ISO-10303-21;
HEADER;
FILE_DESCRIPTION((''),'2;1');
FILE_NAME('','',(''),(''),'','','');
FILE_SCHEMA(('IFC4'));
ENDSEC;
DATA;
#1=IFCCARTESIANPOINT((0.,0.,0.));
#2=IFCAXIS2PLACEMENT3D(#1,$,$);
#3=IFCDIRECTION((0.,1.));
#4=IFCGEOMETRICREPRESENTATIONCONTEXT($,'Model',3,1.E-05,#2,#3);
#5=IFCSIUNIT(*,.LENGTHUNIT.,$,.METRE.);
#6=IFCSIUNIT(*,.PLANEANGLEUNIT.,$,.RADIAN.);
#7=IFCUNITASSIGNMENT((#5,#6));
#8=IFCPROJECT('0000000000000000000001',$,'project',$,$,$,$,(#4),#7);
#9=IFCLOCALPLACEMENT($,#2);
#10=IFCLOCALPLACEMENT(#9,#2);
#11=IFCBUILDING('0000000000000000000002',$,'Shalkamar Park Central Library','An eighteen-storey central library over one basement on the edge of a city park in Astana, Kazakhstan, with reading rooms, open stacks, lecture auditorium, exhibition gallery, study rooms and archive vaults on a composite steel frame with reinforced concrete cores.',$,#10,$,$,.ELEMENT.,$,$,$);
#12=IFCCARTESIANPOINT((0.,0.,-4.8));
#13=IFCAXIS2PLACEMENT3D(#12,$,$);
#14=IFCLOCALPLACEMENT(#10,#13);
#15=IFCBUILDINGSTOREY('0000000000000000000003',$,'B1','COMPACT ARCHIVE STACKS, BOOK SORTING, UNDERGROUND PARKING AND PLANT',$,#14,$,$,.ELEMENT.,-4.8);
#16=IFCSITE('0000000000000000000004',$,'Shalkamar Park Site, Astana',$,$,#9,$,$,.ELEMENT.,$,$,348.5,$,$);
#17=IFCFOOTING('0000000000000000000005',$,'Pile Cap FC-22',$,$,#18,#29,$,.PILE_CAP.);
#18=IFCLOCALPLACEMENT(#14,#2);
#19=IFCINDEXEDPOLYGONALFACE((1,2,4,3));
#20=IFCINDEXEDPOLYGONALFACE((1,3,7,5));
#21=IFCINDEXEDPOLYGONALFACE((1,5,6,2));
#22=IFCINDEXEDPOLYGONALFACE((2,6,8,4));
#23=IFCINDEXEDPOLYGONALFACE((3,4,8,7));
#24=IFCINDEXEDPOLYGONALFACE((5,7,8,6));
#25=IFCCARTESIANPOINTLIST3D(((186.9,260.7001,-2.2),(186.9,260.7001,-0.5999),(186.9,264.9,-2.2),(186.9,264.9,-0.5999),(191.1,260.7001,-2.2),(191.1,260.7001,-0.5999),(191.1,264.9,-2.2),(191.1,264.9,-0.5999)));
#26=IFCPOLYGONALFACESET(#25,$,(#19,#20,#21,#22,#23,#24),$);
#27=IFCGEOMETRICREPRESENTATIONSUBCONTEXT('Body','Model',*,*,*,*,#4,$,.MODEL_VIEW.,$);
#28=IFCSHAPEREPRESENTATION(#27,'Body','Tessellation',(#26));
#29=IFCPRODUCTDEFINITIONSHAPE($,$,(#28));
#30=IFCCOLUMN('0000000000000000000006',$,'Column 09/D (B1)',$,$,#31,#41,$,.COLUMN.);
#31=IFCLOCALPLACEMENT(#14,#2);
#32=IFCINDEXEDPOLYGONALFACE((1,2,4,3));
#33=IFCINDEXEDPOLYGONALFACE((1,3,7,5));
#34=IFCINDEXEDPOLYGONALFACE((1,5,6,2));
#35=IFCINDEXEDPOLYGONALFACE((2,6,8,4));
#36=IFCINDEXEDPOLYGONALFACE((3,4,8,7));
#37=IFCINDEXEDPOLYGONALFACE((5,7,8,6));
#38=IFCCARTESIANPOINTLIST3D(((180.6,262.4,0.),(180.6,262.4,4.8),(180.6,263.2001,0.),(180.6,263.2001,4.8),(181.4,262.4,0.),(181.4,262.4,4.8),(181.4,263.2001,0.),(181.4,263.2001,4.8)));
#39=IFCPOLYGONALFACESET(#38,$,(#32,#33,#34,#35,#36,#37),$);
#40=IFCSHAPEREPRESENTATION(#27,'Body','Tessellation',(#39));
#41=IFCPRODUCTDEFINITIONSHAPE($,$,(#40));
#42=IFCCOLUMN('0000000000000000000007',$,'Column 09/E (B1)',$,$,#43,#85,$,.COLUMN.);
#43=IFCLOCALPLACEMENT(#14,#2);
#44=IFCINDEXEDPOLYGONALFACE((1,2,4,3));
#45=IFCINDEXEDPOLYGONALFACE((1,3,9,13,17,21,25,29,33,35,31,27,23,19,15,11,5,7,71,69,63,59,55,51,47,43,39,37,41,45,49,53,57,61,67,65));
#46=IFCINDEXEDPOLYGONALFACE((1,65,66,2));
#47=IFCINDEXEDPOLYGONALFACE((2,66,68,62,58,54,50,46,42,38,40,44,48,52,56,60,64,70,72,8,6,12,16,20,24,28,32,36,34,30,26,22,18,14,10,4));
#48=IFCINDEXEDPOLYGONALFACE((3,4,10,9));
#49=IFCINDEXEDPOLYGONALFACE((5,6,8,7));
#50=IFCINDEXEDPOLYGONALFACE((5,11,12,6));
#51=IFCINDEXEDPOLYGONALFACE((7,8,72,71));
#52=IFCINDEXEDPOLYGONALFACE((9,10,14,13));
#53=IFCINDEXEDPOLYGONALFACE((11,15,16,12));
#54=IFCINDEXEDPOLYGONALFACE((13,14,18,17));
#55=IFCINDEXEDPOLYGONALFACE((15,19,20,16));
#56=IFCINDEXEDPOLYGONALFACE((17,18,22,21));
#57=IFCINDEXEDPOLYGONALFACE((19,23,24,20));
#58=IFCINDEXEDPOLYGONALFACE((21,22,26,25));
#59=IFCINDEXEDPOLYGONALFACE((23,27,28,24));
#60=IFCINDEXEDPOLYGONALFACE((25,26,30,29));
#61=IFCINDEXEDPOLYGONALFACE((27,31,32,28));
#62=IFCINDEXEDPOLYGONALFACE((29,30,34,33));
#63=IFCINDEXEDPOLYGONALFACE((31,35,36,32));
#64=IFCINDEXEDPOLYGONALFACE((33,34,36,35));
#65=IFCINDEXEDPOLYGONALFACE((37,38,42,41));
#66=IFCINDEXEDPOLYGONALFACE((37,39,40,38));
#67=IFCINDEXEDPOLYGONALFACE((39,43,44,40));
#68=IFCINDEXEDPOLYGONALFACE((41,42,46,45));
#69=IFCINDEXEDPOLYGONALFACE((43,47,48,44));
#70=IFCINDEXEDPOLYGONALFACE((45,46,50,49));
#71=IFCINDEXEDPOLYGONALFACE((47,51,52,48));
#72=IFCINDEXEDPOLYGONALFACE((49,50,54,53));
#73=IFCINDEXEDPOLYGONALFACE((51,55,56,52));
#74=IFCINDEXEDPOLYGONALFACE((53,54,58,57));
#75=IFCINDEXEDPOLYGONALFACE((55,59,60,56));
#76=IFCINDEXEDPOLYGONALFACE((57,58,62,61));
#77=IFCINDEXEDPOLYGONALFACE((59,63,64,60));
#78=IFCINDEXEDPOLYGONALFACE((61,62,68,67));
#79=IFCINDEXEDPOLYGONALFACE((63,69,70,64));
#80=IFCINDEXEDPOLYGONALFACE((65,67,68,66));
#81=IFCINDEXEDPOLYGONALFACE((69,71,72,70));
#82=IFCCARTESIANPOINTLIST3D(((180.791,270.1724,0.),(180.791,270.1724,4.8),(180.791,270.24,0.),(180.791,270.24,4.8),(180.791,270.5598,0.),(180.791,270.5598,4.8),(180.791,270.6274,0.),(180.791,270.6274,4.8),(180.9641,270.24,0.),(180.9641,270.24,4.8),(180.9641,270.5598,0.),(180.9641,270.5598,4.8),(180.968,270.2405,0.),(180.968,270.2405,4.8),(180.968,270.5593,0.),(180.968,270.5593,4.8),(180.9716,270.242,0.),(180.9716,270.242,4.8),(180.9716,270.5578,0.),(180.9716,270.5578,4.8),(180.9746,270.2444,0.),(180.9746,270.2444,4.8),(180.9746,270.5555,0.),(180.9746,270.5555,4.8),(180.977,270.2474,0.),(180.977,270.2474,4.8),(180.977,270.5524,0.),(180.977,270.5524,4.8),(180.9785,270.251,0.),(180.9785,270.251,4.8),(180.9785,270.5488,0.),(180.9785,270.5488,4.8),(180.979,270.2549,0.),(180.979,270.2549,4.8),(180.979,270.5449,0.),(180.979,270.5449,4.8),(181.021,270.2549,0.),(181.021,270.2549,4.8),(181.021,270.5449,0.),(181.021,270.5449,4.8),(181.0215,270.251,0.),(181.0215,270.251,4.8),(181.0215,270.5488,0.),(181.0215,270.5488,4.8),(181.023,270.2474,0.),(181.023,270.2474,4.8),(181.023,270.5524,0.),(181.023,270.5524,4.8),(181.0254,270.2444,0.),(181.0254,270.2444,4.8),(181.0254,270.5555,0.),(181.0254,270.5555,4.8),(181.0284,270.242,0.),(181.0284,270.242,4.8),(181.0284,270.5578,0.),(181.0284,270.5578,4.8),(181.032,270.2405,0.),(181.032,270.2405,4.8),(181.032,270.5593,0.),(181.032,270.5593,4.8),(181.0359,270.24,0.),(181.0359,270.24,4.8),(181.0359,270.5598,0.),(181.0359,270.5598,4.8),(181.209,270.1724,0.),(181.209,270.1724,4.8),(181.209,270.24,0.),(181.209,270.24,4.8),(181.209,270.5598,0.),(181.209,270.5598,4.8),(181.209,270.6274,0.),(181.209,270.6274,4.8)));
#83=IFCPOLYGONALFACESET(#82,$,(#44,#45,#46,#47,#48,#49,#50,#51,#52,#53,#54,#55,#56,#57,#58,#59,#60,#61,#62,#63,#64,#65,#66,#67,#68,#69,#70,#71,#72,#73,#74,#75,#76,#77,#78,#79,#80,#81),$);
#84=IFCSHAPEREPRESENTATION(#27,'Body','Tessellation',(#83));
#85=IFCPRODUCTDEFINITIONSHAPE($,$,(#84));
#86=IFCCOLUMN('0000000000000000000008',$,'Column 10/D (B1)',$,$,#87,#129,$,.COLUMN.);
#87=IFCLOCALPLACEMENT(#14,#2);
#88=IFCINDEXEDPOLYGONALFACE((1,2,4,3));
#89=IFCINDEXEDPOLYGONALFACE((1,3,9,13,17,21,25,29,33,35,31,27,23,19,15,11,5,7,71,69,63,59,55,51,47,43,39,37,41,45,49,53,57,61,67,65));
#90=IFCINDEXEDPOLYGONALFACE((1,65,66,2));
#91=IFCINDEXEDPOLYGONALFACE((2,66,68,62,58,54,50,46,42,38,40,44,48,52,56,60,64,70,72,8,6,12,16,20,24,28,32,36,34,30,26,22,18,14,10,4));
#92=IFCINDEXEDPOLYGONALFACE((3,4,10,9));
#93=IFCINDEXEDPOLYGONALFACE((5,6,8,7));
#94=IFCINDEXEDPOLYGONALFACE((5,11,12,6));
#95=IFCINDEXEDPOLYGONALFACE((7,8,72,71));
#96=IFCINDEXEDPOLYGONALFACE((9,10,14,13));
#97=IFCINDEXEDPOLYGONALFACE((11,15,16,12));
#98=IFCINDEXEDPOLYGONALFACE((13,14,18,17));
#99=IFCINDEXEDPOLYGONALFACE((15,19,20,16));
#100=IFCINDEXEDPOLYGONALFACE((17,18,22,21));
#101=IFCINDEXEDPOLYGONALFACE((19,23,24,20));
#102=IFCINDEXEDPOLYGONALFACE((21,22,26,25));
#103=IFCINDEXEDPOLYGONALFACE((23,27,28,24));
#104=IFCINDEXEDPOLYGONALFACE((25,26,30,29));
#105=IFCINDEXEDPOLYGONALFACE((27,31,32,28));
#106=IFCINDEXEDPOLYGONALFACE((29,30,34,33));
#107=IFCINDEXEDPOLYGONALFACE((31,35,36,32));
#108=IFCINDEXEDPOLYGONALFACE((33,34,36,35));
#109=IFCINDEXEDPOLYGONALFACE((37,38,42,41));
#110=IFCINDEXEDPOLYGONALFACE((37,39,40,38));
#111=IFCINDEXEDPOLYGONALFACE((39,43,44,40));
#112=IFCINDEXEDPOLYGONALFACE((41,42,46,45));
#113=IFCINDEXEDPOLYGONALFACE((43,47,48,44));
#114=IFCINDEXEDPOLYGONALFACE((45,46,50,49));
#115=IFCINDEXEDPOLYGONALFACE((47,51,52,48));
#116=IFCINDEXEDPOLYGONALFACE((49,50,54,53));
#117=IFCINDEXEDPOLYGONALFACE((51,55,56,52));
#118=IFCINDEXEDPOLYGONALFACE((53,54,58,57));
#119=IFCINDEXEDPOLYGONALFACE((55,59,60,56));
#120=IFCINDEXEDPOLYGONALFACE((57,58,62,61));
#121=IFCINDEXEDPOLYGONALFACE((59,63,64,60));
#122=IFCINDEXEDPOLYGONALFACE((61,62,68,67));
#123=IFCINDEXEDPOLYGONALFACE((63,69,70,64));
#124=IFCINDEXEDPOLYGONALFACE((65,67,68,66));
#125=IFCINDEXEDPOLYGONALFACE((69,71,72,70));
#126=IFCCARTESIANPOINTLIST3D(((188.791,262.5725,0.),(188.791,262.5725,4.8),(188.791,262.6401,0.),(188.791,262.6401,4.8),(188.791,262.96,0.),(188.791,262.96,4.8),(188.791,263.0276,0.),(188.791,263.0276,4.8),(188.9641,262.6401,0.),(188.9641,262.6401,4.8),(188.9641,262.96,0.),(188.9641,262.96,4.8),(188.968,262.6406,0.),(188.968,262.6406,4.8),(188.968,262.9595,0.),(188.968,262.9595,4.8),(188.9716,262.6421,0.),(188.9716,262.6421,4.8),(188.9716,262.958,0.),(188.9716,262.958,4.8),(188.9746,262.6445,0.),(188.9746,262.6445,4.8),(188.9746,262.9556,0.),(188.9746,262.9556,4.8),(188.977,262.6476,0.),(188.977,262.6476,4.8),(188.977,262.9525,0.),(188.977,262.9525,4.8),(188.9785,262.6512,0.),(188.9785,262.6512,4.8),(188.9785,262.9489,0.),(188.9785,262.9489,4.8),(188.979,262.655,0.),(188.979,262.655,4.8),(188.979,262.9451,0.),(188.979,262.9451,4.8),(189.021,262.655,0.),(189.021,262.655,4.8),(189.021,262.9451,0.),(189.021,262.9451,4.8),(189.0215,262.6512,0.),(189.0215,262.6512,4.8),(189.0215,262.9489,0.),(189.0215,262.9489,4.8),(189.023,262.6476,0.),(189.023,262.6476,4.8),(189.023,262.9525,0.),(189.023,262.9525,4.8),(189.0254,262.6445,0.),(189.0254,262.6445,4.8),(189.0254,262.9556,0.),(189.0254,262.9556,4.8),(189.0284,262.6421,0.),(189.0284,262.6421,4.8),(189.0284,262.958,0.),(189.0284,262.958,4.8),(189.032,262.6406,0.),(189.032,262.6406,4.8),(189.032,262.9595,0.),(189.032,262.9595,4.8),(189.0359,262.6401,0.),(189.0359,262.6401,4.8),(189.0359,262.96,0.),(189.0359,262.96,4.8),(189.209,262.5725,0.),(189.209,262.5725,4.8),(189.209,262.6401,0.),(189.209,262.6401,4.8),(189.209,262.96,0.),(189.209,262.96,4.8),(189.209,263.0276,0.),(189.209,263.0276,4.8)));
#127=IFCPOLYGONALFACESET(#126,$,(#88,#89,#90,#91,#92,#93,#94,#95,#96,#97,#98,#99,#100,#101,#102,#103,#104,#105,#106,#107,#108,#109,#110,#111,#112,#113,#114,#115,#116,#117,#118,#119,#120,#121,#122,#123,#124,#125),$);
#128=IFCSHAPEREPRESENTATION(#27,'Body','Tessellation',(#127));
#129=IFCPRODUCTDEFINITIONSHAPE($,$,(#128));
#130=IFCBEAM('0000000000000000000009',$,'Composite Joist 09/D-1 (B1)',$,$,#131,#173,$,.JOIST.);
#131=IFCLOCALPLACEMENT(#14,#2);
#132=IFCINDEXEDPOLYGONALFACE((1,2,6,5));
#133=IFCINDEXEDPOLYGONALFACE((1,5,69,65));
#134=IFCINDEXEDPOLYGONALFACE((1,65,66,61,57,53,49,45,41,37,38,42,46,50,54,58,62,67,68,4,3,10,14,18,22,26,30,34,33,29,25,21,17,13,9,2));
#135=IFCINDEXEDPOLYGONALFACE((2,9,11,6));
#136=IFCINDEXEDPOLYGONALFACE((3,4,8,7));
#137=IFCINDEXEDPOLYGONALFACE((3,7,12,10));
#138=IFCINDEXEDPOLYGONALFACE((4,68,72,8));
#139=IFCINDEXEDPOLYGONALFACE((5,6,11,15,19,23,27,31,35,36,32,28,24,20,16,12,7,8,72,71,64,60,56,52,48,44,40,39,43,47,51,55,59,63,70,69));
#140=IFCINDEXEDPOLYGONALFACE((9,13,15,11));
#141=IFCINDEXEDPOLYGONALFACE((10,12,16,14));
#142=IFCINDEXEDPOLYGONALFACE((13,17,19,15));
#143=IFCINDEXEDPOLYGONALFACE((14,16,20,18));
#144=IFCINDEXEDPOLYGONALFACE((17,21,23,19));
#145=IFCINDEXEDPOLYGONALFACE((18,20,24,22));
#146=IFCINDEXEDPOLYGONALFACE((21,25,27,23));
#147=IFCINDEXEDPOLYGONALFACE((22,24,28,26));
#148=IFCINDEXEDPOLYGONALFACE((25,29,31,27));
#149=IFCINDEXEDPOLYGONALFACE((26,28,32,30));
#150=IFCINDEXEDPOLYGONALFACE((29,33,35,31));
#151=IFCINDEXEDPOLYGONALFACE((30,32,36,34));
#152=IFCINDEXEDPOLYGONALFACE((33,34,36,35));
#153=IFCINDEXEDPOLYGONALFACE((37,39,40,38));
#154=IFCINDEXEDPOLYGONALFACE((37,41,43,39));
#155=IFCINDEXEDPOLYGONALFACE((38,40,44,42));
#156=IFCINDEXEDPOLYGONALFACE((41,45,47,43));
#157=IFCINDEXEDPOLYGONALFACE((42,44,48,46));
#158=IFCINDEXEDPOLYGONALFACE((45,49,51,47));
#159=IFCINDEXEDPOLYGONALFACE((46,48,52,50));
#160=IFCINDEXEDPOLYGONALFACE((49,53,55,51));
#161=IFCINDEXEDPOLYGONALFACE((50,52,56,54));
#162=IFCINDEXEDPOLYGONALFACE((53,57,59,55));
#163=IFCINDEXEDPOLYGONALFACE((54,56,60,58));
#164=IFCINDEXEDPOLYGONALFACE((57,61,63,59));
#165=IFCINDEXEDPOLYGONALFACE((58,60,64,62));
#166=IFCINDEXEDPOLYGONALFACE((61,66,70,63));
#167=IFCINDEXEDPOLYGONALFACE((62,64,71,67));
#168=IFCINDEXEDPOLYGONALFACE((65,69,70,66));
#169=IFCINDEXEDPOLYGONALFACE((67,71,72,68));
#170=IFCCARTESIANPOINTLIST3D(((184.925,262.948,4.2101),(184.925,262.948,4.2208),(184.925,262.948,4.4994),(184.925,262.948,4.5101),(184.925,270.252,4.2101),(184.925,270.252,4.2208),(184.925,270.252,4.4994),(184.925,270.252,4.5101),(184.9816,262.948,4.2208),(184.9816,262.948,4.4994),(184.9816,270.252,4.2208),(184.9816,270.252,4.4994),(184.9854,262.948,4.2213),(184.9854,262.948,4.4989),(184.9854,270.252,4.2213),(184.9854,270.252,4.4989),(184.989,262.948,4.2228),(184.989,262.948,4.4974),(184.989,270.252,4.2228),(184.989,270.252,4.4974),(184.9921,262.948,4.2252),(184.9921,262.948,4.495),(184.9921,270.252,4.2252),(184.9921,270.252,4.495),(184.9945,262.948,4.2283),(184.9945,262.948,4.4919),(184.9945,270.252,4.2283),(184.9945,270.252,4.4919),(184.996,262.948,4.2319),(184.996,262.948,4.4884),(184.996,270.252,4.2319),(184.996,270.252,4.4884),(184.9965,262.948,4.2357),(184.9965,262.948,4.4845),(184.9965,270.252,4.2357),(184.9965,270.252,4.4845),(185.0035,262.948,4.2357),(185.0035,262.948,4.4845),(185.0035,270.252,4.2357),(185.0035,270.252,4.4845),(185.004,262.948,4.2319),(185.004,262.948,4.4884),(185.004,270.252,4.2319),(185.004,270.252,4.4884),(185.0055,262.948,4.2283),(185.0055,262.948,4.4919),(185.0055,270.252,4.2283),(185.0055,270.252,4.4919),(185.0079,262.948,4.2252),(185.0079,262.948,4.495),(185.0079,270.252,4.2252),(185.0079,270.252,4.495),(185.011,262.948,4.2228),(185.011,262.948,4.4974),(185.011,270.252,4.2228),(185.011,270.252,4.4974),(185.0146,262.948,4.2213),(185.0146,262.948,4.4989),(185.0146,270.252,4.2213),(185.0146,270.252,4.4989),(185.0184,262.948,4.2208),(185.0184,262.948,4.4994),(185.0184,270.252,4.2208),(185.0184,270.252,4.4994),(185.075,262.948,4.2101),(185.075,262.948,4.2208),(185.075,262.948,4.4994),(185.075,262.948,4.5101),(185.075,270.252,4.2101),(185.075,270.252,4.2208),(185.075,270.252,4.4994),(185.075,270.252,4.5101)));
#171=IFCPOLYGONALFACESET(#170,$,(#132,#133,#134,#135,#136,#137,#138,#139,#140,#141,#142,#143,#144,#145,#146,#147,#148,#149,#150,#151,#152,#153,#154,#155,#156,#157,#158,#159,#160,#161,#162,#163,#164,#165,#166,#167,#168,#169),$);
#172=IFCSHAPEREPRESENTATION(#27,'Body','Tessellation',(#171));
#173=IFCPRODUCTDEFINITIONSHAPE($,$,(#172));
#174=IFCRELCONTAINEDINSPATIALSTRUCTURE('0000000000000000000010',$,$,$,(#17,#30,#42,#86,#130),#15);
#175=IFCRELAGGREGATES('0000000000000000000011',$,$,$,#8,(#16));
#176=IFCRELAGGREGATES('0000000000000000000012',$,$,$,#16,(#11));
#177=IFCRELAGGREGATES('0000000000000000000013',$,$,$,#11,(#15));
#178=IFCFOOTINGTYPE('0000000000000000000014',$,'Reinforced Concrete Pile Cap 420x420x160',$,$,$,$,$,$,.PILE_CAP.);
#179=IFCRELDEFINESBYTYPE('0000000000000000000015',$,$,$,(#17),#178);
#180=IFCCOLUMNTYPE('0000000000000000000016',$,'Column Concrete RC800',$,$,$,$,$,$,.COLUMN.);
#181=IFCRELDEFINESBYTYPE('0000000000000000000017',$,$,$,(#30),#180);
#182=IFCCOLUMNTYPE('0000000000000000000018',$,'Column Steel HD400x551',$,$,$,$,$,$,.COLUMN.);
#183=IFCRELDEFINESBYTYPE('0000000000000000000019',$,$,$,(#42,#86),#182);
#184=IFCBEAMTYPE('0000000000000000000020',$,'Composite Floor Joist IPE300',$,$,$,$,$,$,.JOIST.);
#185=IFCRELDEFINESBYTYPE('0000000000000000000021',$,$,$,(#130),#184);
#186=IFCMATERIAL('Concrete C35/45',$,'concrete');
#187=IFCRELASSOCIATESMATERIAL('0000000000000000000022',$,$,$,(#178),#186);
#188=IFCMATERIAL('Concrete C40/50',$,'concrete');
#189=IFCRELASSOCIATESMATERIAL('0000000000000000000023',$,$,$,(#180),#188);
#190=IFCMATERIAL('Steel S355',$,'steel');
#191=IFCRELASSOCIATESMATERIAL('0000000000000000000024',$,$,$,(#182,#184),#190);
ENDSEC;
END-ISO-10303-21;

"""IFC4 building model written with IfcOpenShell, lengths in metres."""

from ifc_helpers import new_model, si_unit, direction, frame, origin, origin_2d, place, context, subcontext, project, spatial, rectangle, i_section, extrude, material, material_profile, profile_set, type_object, element, save


model = new_model("IFC4")

# Units and contexts
model_context = context("Model", 3, precision=1e-05, world=origin(), true_north=direction((0.0, 1.0)))
body_context = subcontext(model_context, "Body", "Model", "MODEL_VIEW")
ifc_project = project(units=[si_unit("LENGTHUNIT", "METRE"), si_unit("PLANEANGLEUNIT", "RADIAN")], contexts=[model_context])

# Site, building, storey
site_placement = place(None, origin())
site = spatial("IfcSite", under=ifc_project, at=site_placement, Name="Shalkamar Park Site, Astana", CompositionType="ELEMENT", RefElevation=348.5)
building_placement = place(site_placement, origin())
building = spatial("IfcBuilding", under=site, at=building_placement, Name="Shalkamar Park Central Library", Description="An eighteen-storey central library over one basement on the edge of a city park in Astana, Kazakhstan, with reading rooms, open stacks, lecture auditorium, exhibition gallery, study rooms and archive vaults on a composite steel frame with reinforced concrete cores.", CompositionType="ELEMENT")
storey_placement = place(building_placement, frame((0.0, 0.0, -4.8)))
storey = spatial("IfcBuildingStorey", under=building, at=storey_placement, Name="B1", Description="COMPACT ARCHIVE STACKS, BOOK SORTING, UNDERGROUND PARKING AND PLANT", CompositionType="ELEMENT", Elevation=-4.8)

# Shared definitions
ifc_material_1 = material(Name="Concrete C35/45", Category="concrete")

# Footing
footing_type = type_object("IfcFootingType", Name="Reinforced Concrete Pile Cap 420x420x160", PredefinedType="PILE_CAP", material=ifc_material_1)
for number, where, z_axis, x_axis, name in (
    (1, (189.0, 262.8, -2.2), (0.0, 0.0, 1.0), (1.0, 0.0, 0.0), "Pile Cap FC-22"),
):
    element("IfcFooting", number, at=place(storey_placement, frame(where, z_axis=z_axis, x_axis=x_axis)), inside=storey, type_object=footing_type, Name=name, PredefinedType="PILE_CAP", context=body_context, shape_type="SweptSolid", body=[
        extrude(rectangle(XDim=4.2, YDim=4.2, at=origin_2d()), origin(), (0.0, 0.0, 1.0), 1.6001),
    ])

# Columns
ifc_material_2 = material(Name="Concrete C40/50", Category="concrete")
ifc_material_profile_1 = material_profile(ifc_material_2, rectangle(XDim=0.8, YDim=0.8, at=origin_2d()), Name="RC 800x800")
ifc_profile_set_1 = profile_set([ifc_material_profile_1], Name="Concrete C40/50")
column_type_1 = type_object("IfcColumnType", Name="Column Concrete RC800", PredefinedType="COLUMN", material=ifc_profile_set_1)
column_placement = place(storey_placement, frame((181.0, 262.8, 0.0), z_axis=(0.0, 0.0, 1.0), x_axis=(1.0, 0.0, 0.0)))
element("IfcColumn", 2, at=column_placement, inside=storey, type_object=column_type_1, Name="Column 09/D (B1)", PredefinedType="COLUMN", context=body_context, shape_type="SweptSolid", body=[
    extrude(rectangle(XDim=0.8, YDim=0.8, at=origin_2d()), origin(), (0.0, 0.0, 1.0), 4.8),
])
ifc_material_3 = material(Name="Steel S355", Category="steel")
ifc_material_profile_2 = material_profile(ifc_material_3, i_section(OverallWidth=0.418, OverallDepth=0.4551, WebThickness=0.042, FlangeThickness=0.0676, FilletRadius=0.0149, at=origin_2d()), Name="HD 400x551")
ifc_profile_set_2 = profile_set([ifc_material_profile_2], Name="Steel S355")
column_type_2 = type_object("IfcColumnType", Name="Column Steel HD400x551", PredefinedType="COLUMN", material=ifc_profile_set_2)
for number, where, z_axis, x_axis, name in (
    (3, (181.0, 270.3999, 0.0), (0.0, 0.0, 1.0), (1.0, 0.0, 0.0), "Column 09/E (B1)"),
    (4, (189.0, 262.8, 0.0), (0.0, 0.0, 1.0), (1.0, 0.0, 0.0), "Column 10/D (B1)"),
):
    element("IfcColumn", number, at=place(storey_placement, frame(where, z_axis=z_axis, x_axis=x_axis)), inside=storey, type_object=column_type_2, Name=name, PredefinedType="COLUMN", context=body_context, shape_type="SweptSolid", body=[
        extrude(i_section(OverallWidth=0.418, OverallDepth=0.4551, WebThickness=0.042, FlangeThickness=0.0676, FilletRadius=0.0149, at=origin_2d()), origin(), (0.0, 0.0, 1.0), 4.8),
    ])

# Beam
ifc_material_profile_3 = material_profile(ifc_material_3, i_section(OverallWidth=0.1499, OverallDepth=0.3, WebThickness=0.0071, FlangeThickness=0.0107, FilletRadius=0.0149, at=origin_2d()), Name="IPE 300")
ifc_profile_set_3 = profile_set([ifc_material_profile_3], Name="Steel S355")
beam_type_1 = type_object("IfcBeamType", Name="Composite Floor Joist IPE300", PredefinedType="JOIST", material=ifc_profile_set_3)
beam_1_placement = place(storey_placement, frame((185.0, 262.948, 4.3601), z_axis=(0.0, 1.0, 0.0), x_axis=(-1.0, 0.0, 0.0)))
element("IfcBeam", 5, at=beam_1_placement, inside=storey, type_object=beam_type_1, Name="Composite Joist 09/D-1 (B1)", PredefinedType="JOIST", context=body_context, shape_type="SweptSolid", body=[
    extrude(i_section(OverallWidth=0.1499, OverallDepth=0.3, WebThickness=0.0071, FlangeThickness=0.0107, FilletRadius=0.0149, at=origin_2d()), origin(), (0.0, 0.0, 1.0), 7.304),
])

save(model, "model.ifc")
